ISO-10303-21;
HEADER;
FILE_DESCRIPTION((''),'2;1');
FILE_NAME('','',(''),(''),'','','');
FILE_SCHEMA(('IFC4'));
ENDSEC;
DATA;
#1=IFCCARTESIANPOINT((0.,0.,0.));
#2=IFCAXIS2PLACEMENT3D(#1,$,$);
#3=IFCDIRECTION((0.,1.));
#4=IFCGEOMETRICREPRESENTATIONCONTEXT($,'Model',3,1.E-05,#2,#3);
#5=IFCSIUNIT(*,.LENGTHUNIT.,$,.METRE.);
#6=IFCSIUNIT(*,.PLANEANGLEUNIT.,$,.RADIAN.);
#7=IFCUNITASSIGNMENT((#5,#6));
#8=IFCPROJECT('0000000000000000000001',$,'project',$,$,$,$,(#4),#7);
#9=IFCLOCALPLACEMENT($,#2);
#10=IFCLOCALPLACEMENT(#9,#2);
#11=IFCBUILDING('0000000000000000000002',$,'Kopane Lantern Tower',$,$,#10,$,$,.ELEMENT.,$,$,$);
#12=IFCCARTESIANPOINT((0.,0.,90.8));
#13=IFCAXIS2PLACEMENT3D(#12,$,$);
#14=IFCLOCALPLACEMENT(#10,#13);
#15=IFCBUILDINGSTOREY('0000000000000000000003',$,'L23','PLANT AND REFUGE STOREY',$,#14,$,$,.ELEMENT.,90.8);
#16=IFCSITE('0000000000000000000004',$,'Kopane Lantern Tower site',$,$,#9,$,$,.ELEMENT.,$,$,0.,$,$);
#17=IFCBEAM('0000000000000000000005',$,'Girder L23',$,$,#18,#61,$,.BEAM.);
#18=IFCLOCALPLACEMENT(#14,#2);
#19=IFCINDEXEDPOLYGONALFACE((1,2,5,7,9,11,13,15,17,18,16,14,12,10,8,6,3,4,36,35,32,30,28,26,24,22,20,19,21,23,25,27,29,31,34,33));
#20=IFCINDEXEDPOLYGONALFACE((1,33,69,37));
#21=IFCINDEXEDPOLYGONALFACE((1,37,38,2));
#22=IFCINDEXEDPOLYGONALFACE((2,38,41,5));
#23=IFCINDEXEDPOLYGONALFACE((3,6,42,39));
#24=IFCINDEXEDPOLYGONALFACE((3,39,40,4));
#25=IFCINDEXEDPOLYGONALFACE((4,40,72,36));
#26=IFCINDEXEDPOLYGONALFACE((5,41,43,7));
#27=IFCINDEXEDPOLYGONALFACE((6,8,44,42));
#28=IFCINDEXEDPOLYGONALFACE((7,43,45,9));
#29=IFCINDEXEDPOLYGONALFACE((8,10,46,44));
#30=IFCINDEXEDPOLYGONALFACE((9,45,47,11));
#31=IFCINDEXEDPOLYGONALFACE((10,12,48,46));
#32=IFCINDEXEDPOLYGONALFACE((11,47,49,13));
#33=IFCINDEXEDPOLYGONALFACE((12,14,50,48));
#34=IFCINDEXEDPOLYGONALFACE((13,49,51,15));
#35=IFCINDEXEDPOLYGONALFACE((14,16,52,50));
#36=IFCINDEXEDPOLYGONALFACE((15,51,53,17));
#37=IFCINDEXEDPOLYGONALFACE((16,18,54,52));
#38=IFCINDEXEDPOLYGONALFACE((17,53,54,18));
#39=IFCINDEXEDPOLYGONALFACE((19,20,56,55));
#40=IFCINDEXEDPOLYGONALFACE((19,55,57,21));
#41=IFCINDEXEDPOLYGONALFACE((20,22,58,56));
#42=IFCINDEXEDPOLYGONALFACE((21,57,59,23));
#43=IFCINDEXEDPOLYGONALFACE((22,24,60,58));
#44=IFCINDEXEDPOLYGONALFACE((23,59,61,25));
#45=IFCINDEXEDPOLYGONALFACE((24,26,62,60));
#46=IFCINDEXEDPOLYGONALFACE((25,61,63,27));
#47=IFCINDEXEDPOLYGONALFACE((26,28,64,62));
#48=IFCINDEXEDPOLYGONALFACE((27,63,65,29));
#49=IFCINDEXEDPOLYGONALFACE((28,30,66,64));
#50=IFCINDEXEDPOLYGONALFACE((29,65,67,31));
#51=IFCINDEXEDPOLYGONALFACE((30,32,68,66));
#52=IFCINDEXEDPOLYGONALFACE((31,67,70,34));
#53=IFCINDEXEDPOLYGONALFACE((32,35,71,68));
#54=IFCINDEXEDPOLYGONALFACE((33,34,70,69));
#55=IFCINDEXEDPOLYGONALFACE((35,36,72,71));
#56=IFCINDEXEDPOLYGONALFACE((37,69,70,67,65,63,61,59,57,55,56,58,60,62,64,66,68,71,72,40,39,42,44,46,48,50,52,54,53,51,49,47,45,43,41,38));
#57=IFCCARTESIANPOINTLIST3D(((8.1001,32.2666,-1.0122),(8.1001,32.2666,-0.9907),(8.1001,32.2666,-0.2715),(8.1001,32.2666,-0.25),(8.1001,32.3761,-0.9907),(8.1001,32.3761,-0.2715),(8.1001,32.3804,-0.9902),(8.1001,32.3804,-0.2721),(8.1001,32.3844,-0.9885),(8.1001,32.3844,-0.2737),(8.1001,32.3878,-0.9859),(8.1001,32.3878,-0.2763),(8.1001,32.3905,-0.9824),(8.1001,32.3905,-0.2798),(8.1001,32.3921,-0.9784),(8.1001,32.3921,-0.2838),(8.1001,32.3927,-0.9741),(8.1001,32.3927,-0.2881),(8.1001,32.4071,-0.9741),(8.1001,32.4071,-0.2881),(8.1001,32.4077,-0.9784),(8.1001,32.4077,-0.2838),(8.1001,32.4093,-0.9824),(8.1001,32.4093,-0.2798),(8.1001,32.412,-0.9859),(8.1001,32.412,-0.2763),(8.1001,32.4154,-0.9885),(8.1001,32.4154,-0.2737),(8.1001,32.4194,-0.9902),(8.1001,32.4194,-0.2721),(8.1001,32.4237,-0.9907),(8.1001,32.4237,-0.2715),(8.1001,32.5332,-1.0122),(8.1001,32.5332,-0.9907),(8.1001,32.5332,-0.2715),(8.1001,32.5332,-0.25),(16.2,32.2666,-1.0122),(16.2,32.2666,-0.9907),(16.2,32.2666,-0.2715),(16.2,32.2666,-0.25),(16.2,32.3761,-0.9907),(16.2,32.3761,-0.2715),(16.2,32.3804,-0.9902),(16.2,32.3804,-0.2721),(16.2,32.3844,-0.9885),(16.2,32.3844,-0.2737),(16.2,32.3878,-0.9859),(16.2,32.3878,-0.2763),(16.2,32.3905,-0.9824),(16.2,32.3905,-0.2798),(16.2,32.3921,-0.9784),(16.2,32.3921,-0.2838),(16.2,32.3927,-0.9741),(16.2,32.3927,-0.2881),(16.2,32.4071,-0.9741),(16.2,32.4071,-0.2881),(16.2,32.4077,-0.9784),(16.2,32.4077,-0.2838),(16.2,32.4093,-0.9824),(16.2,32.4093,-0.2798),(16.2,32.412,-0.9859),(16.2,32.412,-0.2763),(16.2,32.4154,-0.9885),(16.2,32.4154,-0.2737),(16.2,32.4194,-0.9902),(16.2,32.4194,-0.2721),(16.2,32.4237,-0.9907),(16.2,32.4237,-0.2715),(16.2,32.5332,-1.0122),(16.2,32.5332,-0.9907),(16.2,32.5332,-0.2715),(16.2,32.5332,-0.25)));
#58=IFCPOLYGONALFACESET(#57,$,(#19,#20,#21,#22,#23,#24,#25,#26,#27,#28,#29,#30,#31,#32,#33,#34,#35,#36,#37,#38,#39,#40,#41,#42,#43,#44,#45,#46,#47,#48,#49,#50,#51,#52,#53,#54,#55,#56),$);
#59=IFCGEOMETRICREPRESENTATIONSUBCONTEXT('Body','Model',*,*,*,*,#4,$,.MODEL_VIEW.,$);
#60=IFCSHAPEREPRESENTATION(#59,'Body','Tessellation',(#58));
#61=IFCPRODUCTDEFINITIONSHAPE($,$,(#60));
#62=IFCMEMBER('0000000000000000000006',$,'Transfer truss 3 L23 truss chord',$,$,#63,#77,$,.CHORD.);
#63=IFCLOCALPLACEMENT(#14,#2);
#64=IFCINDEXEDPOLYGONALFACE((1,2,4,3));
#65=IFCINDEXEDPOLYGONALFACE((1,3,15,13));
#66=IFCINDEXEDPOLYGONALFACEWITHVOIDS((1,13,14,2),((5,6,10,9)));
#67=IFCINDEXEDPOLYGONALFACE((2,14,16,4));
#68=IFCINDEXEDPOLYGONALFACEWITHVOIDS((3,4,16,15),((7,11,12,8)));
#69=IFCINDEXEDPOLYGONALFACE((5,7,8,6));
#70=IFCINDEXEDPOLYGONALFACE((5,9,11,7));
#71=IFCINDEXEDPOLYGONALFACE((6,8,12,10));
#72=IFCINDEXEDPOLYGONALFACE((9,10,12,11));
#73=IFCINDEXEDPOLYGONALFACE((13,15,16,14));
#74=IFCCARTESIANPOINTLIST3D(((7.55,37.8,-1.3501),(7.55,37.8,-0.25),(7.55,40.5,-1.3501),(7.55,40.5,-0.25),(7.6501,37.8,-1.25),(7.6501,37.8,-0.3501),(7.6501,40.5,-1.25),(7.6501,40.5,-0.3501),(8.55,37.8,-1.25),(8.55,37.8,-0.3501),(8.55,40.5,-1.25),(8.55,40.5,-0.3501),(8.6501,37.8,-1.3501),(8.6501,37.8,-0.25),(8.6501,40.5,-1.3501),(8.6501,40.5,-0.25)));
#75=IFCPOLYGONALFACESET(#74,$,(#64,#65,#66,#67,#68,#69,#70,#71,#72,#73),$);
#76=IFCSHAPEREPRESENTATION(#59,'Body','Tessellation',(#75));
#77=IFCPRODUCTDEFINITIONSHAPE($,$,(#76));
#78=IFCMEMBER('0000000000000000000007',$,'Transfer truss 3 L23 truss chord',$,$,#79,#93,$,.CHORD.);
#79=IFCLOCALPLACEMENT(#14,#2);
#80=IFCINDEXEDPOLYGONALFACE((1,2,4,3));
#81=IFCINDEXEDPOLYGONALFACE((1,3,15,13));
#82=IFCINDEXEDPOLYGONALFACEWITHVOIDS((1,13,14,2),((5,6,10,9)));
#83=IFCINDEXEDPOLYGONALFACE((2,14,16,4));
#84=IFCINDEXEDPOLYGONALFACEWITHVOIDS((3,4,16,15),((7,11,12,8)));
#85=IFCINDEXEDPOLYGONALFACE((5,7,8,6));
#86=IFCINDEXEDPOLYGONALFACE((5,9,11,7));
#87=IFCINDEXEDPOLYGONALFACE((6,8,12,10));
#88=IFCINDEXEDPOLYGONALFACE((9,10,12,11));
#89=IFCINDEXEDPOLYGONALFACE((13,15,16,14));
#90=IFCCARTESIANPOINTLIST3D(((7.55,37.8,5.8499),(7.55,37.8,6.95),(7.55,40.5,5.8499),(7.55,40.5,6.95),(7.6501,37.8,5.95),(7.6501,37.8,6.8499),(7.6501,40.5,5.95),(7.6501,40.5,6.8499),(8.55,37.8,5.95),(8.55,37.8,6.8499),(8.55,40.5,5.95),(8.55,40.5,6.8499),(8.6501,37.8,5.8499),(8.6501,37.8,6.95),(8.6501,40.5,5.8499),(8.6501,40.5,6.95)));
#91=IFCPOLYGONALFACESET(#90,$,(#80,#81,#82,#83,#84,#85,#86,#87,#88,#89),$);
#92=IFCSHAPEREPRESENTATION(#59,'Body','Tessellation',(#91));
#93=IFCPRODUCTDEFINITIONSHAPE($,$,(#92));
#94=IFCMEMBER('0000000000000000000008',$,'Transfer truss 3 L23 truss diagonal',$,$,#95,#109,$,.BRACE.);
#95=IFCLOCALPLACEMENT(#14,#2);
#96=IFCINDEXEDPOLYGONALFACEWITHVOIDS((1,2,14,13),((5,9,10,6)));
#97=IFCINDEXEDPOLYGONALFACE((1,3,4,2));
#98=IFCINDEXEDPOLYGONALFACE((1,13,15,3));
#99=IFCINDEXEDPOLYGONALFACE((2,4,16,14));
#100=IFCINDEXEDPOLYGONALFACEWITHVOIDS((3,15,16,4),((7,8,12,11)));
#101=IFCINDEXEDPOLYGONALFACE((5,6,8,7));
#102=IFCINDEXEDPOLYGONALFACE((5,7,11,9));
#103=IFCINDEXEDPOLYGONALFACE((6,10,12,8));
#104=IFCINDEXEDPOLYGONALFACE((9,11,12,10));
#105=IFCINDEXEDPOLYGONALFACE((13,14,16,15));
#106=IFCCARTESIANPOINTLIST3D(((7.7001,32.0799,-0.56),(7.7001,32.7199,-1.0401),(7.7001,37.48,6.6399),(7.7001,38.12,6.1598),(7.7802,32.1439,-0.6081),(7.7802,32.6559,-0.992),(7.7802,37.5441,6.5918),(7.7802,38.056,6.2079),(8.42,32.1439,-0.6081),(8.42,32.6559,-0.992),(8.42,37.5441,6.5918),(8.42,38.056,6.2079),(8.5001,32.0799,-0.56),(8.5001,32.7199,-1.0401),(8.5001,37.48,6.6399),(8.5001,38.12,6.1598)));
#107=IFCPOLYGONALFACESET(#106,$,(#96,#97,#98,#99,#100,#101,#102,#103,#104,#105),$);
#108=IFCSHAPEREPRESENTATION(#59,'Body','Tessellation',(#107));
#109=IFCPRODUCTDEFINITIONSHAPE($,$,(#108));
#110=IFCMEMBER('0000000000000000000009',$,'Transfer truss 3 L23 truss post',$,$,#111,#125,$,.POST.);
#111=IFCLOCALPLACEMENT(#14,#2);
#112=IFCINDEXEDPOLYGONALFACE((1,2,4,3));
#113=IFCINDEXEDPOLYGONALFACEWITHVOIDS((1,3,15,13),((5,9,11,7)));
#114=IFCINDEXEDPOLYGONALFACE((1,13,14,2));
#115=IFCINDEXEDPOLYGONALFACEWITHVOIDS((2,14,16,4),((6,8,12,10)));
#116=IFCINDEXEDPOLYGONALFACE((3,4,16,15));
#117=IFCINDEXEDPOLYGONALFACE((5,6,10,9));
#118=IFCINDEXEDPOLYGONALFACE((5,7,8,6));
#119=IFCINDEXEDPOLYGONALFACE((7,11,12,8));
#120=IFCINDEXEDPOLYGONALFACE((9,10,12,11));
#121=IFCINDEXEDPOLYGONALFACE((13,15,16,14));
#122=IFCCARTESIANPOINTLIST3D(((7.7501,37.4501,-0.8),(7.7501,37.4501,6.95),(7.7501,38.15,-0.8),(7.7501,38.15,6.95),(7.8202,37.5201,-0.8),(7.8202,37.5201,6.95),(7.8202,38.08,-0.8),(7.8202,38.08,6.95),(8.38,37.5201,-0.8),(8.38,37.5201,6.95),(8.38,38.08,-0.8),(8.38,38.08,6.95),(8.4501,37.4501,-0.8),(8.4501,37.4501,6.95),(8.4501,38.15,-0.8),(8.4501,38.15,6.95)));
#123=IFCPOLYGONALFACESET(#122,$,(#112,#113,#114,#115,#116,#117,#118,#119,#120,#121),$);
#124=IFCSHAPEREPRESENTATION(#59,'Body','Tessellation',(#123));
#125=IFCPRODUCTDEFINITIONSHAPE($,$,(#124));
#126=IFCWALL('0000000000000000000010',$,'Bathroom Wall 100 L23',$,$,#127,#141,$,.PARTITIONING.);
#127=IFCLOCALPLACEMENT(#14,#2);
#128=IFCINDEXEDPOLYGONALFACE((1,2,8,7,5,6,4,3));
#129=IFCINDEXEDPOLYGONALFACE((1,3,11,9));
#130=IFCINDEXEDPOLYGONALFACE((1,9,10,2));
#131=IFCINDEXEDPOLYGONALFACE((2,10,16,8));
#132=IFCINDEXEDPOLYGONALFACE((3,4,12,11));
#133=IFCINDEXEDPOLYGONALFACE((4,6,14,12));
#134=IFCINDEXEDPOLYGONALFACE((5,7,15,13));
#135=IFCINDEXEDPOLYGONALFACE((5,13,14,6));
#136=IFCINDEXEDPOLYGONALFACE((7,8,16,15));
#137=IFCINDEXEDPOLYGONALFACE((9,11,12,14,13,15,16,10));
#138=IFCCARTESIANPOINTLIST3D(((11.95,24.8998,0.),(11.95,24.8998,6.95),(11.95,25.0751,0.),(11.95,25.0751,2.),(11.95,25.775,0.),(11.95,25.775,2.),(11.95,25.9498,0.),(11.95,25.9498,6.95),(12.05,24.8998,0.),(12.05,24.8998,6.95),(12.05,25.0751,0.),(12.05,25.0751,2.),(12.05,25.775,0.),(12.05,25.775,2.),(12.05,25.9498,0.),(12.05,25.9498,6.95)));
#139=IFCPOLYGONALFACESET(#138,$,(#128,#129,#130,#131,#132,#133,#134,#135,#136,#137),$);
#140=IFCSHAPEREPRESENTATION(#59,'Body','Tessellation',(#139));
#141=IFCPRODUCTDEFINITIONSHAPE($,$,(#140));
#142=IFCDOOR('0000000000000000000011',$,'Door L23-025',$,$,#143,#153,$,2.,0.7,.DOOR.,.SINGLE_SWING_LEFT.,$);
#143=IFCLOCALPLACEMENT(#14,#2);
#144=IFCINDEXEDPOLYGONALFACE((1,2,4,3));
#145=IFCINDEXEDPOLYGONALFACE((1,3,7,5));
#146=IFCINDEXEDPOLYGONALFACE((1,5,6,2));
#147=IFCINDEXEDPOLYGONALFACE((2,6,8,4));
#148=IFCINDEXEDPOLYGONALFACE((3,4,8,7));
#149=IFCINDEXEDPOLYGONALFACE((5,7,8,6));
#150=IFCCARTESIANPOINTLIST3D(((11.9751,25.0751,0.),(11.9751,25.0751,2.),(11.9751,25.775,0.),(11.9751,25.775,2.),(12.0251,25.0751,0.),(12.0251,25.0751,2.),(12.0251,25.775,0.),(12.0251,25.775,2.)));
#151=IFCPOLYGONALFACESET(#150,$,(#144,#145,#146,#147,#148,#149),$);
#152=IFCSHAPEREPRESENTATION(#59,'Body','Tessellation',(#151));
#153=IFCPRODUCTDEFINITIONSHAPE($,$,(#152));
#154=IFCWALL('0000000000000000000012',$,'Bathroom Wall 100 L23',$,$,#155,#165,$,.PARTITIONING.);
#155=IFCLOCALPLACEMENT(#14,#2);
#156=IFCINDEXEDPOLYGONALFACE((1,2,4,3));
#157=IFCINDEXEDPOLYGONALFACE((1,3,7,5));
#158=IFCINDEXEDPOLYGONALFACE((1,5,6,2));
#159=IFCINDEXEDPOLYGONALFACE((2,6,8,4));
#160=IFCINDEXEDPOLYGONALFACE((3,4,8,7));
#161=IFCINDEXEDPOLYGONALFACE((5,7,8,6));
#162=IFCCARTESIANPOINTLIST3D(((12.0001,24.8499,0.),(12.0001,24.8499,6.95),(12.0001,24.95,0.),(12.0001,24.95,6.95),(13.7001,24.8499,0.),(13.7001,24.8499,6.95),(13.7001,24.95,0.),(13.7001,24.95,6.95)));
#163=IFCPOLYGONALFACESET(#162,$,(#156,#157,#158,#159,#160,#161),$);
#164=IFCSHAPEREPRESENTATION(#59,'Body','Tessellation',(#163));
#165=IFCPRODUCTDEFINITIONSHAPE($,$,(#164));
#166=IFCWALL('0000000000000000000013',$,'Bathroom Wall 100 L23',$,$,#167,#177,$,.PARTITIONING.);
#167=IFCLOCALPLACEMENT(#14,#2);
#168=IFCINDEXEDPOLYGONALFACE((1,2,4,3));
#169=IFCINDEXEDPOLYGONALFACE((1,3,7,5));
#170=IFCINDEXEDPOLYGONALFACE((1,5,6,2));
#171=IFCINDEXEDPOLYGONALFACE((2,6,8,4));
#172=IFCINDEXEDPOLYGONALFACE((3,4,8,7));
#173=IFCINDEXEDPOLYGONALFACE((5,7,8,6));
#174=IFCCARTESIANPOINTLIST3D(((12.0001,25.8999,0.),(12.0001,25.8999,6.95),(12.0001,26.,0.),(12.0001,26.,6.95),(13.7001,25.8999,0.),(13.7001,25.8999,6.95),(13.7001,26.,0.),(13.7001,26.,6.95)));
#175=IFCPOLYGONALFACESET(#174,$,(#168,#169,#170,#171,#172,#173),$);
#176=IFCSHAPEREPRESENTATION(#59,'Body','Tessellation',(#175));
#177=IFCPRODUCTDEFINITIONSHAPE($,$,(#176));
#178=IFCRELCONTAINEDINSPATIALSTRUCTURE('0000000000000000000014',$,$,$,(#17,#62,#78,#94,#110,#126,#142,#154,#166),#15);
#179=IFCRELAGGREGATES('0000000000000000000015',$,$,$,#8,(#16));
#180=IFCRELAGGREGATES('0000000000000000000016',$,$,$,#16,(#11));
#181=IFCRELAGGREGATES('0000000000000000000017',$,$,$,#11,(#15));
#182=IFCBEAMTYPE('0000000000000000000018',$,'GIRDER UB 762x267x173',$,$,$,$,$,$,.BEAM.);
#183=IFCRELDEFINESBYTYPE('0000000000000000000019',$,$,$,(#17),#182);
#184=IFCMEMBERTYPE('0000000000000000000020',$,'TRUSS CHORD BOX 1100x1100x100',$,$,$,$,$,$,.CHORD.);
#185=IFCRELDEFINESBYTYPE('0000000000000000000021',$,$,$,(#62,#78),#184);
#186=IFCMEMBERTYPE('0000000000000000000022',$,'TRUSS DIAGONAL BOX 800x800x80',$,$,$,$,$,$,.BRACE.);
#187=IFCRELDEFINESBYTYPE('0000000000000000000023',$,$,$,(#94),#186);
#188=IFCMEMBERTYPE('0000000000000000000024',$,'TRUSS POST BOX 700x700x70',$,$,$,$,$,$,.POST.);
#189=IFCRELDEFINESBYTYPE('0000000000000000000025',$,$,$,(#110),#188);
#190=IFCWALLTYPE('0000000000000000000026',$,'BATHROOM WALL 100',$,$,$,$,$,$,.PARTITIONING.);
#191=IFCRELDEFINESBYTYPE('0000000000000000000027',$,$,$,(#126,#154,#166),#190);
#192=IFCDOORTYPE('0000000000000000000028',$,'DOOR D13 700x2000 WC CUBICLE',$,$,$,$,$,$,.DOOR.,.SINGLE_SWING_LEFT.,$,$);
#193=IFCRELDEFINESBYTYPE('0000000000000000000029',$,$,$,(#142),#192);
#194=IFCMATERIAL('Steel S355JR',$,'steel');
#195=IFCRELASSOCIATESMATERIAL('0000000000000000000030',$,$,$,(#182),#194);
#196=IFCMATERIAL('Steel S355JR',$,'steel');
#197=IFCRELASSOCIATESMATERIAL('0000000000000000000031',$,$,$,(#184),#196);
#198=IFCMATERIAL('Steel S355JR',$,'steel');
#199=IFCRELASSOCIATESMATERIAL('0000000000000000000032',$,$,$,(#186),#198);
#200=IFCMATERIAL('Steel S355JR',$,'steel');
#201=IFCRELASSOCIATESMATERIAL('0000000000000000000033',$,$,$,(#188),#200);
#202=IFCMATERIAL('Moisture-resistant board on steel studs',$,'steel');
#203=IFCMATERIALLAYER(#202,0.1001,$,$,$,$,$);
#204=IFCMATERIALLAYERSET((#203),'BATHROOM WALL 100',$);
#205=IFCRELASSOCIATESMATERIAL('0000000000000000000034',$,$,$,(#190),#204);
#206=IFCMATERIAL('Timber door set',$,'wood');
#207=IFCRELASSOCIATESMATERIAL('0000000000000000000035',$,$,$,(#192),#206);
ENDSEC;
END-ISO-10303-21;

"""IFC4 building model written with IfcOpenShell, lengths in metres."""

from ifc_helpers import new_model, si_unit, direction, frame, frame_2d, origin, origin_2d, place, context, subcontext, project, spatial, rectangle, hollow_rectangle, i_section, extrude, material, layer, layer_set, material_profile, profile_set, type_object, element, fill, save


model = new_model("IFC4")

# Units and contexts
model_context = context("Model", 3, precision=1e-05, world=origin(), true_north=direction((0.0, 1.0)))
body_context = subcontext(model_context, "Body", "Model", "MODEL_VIEW")
ifc_project = project(units=[si_unit("LENGTHUNIT", "METRE"), si_unit("PLANEANGLEUNIT", "RADIAN")], contexts=[model_context])

# Site, building, storey
site_placement = place(None, origin())
site = spatial("IfcSite", under=ifc_project, at=site_placement, Name="Kopane Lantern Tower site", CompositionType="ELEMENT", RefElevation=0.0)
building_placement = place(site_placement, origin())
building = spatial("IfcBuilding", under=site, at=building_placement, Name="Kopane Lantern Tower", CompositionType="ELEMENT")
storey_placement = place(building_placement, frame((0.0, 0.0, 90.8)))
storey = spatial("IfcBuildingStorey", under=building, at=storey_placement, Name="L23", Description="PLANT AND REFUGE STOREY", CompositionType="ELEMENT", Elevation=90.8)

# Beam
ifc_material_1 = material(Name="Steel S355JR", Category="steel")
ifc_material_profile_1 = material_profile(ifc_material_1, i_section(OverallWidth=0.2666, OverallDepth=0.7622, WebThickness=0.0144, FlangeThickness=0.0215, FilletRadius=0.0166, at=origin_2d()), Name="UB 762x267x173")
ifc_profile_set_1 = profile_set([ifc_material_profile_1], Name="Steel S355JR")
beam_type = type_object("IfcBeamType", Name="GIRDER UB 762x267x173", PredefinedType="BEAM", material=ifc_profile_set_1)
beam_placement = place(storey_placement, frame((8.1001, 32.3999, -0.6311), z_axis=(1.0, 0.0, 0.0), x_axis=(0.0, 1.0, 0.0)))
element("IfcBeam", 1, at=beam_placement, inside=storey, type_object=beam_type, Name="Girder L23", PredefinedType="BEAM", context=body_context, shape_type="SweptSolid", body=[
    extrude(i_section(OverallWidth=0.2666, OverallDepth=0.7622, WebThickness=0.0144, FlangeThickness=0.0215, FilletRadius=0.0166, at=origin_2d()), origin(), (0.0, 0.0, 1.0), 8.0999),
])

# Members
ifc_material_2 = material(Name="Steel S355JR", Category="steel")
ifc_material_profile_2 = material_profile(ifc_material_2, hollow_rectangle(XDim=1.1001, YDim=1.1001, WallThickness=0.1001, at=origin_2d()), Name="BOX 1100x1100x100")
ifc_profile_set_2 = profile_set([ifc_material_profile_2], Name="Steel S355JR")
member_type_1 = type_object("IfcMemberType", Name="TRUSS CHORD BOX 1100x1100x100", PredefinedType="CHORD", material=ifc_profile_set_2)
for number, where, z_axis, x_axis, name in (
    (2, (8.1001, 37.8, -0.8), (0.0, 1.0, 0.0), (-1.0, 0.0, 0.0), "Transfer truss 3 L23 truss chord"),
    (3, (8.1001, 37.8, 6.3999), (0.0, 1.0, 0.0), (-1.0, 0.0, 0.0), "Transfer truss 3 L23 truss chord"),
):
    element("IfcMember", number, at=place(storey_placement, frame(where, z_axis=z_axis, x_axis=x_axis)), inside=storey, type_object=member_type_1, Name=name, PredefinedType="CHORD", context=body_context, shape_type="SweptSolid", body=[
        extrude(hollow_rectangle(XDim=1.1001, YDim=1.1001, WallThickness=0.1001, at=origin_2d()), origin(), (0.0, 0.0, 1.0), 2.7),
    ])
ifc_material_3 = material(Name="Steel S355JR", Category="steel")
ifc_material_profile_3 = material_profile(ifc_material_3, hollow_rectangle(XDim=0.8, YDim=0.8, WallThickness=0.0801, at=origin_2d()), Name="BOX 800x800x80")
ifc_profile_set_3 = profile_set([ifc_material_profile_3], Name="Steel S355JR")
member_type_2 = type_object("IfcMemberType", Name="TRUSS DIAGONAL BOX 800x800x80", PredefinedType="BRACE", material=ifc_profile_set_3)
member_1_placement = place(storey_placement, frame((8.1001, 32.3999, -0.8), z_axis=(0.0, 0.600013, 0.79999), x_axis=(-1.0, 0.0, 0.0)))
element("IfcMember", 4, at=member_1_placement, inside=storey, type_object=member_type_2, Name="Transfer truss 3 L23 truss diagonal", PredefinedType="BRACE", context=body_context, shape_type="SweptSolid", body=[
    extrude(hollow_rectangle(XDim=0.8, YDim=0.8, WallThickness=0.0801, at=origin_2d()), origin(), (0.0, 0.0, 1.0), 9.0),
])
ifc_material_4 = material(Name="Steel S355JR", Category="steel")
ifc_material_profile_4 = material_profile(ifc_material_4, hollow_rectangle(XDim=0.7, YDim=0.7, WallThickness=0.0701, at=origin_2d()), Name="BOX 700x700x70")
ifc_profile_set_4 = profile_set([ifc_material_profile_4], Name="Steel S355JR")
member_type_3 = type_object("IfcMemberType", Name="TRUSS POST BOX 700x700x70", PredefinedType="POST", material=ifc_profile_set_4)
member_2_placement = place(storey_placement, frame((8.1001, 37.8, -0.8), z_axis=(0.0, 0.0, 1.0), x_axis=(1.0, 0.0, 0.0)))
element("IfcMember", 5, at=member_2_placement, inside=storey, type_object=member_type_3, Name="Transfer truss 3 L23 truss post", PredefinedType="POST", context=body_context, shape_type="SweptSolid", body=[
    extrude(hollow_rectangle(XDim=0.7, YDim=0.7, WallThickness=0.0701, at=origin_2d()), origin(), (0.0, 0.0, 1.0), 7.75),
])

# Wall, opening, door
ifc_material_5 = material(Name="Moisture-resistant board on steel studs", Category="steel")
ifc_layer_1 = layer(ifc_material_5, 0.1001)
ifc_layer_set_1 = layer_set([ifc_layer_1], Name="BATHROOM WALL 100")
wall_type_1 = type_object("IfcWallType", Name="BATHROOM WALL 100", PredefinedType="PARTITIONING", material=ifc_layer_set_1)
wall_1_placement = place(storey_placement, frame((12.0, 24.8999, 0.0), z_axis=(0.0, 0.0, 1.0), x_axis=(0.0, 1.0, 0.0)))
wall_1 = element("IfcWall", 6, at=wall_1_placement, inside=storey, type_object=wall_type_1, Name="Bathroom Wall 100 L23", PredefinedType="PARTITIONING", context=body_context, shape_type="SweptSolid", body=[
    extrude(rectangle(XDim=1.05, YDim=0.1001, at=frame_2d((0.5249, 0.0))), origin(), (0.0, 0.0, 1.0), 6.95),
])
opening_1_placement = place(wall_1_placement, frame((0.175, 0.0, 0.0)))
opening_1 = element("IfcOpeningElement", 7, at=opening_1_placement, cuts=wall_1, PredefinedType="OPENING", context=body_context, shape_type="SweptSolid", body=[
    extrude(rectangle(XDim=0.7, YDim=2.0, at=frame_2d((0.3501, 1.0))), frame((0.0, 0.0601, 0.0), z_axis=(0.0, -1.0, 0.0), x_axis=(1.0, 0.0, 0.0)), (0.0, 0.0, 1.0), 0.1201),
])
ifc_material_6 = material(Name="Timber door set", Category="wood")
door_type = type_object("IfcDoorType", Name="DOOR D13 700x2000 WC CUBICLE", OperationType="SINGLE_SWING_LEFT", PredefinedType="DOOR", material=ifc_material_6)
door_1_placement = place(opening_1_placement, origin())
door_1 = element("IfcDoor", 8, at=door_1_placement, inside=storey, type_object=door_type, Name="Door L23-025", OperationType="SINGLE_SWING_LEFT", OverallHeight=2.0, OverallWidth=0.7, PredefinedType="DOOR", context=body_context, shape_type="SweptSolid", body=[
    extrude(rectangle(XDim=0.7, YDim=2.0, at=frame_2d((0.3501, 1.0))), frame((0.0, 0.0249, 0.0), z_axis=(0.0, -1.0, 0.0), x_axis=(1.0, 0.0, 0.0)), (0.0, 0.0, 1.0), 0.05),
])
fill(opening_1, door_1)

# Walls
for number, where, z_axis, x_axis, name in (
    (9, (12.0, 24.8999, 0.0), (0.0, 0.0, 1.0), (1.0, 0.0, 0.0), "Bathroom Wall 100 L23"),
    (10, (12.0, 25.95, 0.0), (0.0, 0.0, 1.0), (1.0, 0.0, 0.0), "Bathroom Wall 100 L23"),
):
    element("IfcWall", number, at=place(storey_placement, frame(where, z_axis=z_axis, x_axis=x_axis)), inside=storey, type_object=wall_type_1, Name=name, PredefinedType="PARTITIONING", context=body_context, shape_type="SweptSolid", body=[
        extrude(rectangle(XDim=1.7, YDim=0.1001, at=frame_2d((0.8501, 0.0))), origin(), (0.0, 0.0, 1.0), 6.95),
    ])

save(model, "model.ifc")
